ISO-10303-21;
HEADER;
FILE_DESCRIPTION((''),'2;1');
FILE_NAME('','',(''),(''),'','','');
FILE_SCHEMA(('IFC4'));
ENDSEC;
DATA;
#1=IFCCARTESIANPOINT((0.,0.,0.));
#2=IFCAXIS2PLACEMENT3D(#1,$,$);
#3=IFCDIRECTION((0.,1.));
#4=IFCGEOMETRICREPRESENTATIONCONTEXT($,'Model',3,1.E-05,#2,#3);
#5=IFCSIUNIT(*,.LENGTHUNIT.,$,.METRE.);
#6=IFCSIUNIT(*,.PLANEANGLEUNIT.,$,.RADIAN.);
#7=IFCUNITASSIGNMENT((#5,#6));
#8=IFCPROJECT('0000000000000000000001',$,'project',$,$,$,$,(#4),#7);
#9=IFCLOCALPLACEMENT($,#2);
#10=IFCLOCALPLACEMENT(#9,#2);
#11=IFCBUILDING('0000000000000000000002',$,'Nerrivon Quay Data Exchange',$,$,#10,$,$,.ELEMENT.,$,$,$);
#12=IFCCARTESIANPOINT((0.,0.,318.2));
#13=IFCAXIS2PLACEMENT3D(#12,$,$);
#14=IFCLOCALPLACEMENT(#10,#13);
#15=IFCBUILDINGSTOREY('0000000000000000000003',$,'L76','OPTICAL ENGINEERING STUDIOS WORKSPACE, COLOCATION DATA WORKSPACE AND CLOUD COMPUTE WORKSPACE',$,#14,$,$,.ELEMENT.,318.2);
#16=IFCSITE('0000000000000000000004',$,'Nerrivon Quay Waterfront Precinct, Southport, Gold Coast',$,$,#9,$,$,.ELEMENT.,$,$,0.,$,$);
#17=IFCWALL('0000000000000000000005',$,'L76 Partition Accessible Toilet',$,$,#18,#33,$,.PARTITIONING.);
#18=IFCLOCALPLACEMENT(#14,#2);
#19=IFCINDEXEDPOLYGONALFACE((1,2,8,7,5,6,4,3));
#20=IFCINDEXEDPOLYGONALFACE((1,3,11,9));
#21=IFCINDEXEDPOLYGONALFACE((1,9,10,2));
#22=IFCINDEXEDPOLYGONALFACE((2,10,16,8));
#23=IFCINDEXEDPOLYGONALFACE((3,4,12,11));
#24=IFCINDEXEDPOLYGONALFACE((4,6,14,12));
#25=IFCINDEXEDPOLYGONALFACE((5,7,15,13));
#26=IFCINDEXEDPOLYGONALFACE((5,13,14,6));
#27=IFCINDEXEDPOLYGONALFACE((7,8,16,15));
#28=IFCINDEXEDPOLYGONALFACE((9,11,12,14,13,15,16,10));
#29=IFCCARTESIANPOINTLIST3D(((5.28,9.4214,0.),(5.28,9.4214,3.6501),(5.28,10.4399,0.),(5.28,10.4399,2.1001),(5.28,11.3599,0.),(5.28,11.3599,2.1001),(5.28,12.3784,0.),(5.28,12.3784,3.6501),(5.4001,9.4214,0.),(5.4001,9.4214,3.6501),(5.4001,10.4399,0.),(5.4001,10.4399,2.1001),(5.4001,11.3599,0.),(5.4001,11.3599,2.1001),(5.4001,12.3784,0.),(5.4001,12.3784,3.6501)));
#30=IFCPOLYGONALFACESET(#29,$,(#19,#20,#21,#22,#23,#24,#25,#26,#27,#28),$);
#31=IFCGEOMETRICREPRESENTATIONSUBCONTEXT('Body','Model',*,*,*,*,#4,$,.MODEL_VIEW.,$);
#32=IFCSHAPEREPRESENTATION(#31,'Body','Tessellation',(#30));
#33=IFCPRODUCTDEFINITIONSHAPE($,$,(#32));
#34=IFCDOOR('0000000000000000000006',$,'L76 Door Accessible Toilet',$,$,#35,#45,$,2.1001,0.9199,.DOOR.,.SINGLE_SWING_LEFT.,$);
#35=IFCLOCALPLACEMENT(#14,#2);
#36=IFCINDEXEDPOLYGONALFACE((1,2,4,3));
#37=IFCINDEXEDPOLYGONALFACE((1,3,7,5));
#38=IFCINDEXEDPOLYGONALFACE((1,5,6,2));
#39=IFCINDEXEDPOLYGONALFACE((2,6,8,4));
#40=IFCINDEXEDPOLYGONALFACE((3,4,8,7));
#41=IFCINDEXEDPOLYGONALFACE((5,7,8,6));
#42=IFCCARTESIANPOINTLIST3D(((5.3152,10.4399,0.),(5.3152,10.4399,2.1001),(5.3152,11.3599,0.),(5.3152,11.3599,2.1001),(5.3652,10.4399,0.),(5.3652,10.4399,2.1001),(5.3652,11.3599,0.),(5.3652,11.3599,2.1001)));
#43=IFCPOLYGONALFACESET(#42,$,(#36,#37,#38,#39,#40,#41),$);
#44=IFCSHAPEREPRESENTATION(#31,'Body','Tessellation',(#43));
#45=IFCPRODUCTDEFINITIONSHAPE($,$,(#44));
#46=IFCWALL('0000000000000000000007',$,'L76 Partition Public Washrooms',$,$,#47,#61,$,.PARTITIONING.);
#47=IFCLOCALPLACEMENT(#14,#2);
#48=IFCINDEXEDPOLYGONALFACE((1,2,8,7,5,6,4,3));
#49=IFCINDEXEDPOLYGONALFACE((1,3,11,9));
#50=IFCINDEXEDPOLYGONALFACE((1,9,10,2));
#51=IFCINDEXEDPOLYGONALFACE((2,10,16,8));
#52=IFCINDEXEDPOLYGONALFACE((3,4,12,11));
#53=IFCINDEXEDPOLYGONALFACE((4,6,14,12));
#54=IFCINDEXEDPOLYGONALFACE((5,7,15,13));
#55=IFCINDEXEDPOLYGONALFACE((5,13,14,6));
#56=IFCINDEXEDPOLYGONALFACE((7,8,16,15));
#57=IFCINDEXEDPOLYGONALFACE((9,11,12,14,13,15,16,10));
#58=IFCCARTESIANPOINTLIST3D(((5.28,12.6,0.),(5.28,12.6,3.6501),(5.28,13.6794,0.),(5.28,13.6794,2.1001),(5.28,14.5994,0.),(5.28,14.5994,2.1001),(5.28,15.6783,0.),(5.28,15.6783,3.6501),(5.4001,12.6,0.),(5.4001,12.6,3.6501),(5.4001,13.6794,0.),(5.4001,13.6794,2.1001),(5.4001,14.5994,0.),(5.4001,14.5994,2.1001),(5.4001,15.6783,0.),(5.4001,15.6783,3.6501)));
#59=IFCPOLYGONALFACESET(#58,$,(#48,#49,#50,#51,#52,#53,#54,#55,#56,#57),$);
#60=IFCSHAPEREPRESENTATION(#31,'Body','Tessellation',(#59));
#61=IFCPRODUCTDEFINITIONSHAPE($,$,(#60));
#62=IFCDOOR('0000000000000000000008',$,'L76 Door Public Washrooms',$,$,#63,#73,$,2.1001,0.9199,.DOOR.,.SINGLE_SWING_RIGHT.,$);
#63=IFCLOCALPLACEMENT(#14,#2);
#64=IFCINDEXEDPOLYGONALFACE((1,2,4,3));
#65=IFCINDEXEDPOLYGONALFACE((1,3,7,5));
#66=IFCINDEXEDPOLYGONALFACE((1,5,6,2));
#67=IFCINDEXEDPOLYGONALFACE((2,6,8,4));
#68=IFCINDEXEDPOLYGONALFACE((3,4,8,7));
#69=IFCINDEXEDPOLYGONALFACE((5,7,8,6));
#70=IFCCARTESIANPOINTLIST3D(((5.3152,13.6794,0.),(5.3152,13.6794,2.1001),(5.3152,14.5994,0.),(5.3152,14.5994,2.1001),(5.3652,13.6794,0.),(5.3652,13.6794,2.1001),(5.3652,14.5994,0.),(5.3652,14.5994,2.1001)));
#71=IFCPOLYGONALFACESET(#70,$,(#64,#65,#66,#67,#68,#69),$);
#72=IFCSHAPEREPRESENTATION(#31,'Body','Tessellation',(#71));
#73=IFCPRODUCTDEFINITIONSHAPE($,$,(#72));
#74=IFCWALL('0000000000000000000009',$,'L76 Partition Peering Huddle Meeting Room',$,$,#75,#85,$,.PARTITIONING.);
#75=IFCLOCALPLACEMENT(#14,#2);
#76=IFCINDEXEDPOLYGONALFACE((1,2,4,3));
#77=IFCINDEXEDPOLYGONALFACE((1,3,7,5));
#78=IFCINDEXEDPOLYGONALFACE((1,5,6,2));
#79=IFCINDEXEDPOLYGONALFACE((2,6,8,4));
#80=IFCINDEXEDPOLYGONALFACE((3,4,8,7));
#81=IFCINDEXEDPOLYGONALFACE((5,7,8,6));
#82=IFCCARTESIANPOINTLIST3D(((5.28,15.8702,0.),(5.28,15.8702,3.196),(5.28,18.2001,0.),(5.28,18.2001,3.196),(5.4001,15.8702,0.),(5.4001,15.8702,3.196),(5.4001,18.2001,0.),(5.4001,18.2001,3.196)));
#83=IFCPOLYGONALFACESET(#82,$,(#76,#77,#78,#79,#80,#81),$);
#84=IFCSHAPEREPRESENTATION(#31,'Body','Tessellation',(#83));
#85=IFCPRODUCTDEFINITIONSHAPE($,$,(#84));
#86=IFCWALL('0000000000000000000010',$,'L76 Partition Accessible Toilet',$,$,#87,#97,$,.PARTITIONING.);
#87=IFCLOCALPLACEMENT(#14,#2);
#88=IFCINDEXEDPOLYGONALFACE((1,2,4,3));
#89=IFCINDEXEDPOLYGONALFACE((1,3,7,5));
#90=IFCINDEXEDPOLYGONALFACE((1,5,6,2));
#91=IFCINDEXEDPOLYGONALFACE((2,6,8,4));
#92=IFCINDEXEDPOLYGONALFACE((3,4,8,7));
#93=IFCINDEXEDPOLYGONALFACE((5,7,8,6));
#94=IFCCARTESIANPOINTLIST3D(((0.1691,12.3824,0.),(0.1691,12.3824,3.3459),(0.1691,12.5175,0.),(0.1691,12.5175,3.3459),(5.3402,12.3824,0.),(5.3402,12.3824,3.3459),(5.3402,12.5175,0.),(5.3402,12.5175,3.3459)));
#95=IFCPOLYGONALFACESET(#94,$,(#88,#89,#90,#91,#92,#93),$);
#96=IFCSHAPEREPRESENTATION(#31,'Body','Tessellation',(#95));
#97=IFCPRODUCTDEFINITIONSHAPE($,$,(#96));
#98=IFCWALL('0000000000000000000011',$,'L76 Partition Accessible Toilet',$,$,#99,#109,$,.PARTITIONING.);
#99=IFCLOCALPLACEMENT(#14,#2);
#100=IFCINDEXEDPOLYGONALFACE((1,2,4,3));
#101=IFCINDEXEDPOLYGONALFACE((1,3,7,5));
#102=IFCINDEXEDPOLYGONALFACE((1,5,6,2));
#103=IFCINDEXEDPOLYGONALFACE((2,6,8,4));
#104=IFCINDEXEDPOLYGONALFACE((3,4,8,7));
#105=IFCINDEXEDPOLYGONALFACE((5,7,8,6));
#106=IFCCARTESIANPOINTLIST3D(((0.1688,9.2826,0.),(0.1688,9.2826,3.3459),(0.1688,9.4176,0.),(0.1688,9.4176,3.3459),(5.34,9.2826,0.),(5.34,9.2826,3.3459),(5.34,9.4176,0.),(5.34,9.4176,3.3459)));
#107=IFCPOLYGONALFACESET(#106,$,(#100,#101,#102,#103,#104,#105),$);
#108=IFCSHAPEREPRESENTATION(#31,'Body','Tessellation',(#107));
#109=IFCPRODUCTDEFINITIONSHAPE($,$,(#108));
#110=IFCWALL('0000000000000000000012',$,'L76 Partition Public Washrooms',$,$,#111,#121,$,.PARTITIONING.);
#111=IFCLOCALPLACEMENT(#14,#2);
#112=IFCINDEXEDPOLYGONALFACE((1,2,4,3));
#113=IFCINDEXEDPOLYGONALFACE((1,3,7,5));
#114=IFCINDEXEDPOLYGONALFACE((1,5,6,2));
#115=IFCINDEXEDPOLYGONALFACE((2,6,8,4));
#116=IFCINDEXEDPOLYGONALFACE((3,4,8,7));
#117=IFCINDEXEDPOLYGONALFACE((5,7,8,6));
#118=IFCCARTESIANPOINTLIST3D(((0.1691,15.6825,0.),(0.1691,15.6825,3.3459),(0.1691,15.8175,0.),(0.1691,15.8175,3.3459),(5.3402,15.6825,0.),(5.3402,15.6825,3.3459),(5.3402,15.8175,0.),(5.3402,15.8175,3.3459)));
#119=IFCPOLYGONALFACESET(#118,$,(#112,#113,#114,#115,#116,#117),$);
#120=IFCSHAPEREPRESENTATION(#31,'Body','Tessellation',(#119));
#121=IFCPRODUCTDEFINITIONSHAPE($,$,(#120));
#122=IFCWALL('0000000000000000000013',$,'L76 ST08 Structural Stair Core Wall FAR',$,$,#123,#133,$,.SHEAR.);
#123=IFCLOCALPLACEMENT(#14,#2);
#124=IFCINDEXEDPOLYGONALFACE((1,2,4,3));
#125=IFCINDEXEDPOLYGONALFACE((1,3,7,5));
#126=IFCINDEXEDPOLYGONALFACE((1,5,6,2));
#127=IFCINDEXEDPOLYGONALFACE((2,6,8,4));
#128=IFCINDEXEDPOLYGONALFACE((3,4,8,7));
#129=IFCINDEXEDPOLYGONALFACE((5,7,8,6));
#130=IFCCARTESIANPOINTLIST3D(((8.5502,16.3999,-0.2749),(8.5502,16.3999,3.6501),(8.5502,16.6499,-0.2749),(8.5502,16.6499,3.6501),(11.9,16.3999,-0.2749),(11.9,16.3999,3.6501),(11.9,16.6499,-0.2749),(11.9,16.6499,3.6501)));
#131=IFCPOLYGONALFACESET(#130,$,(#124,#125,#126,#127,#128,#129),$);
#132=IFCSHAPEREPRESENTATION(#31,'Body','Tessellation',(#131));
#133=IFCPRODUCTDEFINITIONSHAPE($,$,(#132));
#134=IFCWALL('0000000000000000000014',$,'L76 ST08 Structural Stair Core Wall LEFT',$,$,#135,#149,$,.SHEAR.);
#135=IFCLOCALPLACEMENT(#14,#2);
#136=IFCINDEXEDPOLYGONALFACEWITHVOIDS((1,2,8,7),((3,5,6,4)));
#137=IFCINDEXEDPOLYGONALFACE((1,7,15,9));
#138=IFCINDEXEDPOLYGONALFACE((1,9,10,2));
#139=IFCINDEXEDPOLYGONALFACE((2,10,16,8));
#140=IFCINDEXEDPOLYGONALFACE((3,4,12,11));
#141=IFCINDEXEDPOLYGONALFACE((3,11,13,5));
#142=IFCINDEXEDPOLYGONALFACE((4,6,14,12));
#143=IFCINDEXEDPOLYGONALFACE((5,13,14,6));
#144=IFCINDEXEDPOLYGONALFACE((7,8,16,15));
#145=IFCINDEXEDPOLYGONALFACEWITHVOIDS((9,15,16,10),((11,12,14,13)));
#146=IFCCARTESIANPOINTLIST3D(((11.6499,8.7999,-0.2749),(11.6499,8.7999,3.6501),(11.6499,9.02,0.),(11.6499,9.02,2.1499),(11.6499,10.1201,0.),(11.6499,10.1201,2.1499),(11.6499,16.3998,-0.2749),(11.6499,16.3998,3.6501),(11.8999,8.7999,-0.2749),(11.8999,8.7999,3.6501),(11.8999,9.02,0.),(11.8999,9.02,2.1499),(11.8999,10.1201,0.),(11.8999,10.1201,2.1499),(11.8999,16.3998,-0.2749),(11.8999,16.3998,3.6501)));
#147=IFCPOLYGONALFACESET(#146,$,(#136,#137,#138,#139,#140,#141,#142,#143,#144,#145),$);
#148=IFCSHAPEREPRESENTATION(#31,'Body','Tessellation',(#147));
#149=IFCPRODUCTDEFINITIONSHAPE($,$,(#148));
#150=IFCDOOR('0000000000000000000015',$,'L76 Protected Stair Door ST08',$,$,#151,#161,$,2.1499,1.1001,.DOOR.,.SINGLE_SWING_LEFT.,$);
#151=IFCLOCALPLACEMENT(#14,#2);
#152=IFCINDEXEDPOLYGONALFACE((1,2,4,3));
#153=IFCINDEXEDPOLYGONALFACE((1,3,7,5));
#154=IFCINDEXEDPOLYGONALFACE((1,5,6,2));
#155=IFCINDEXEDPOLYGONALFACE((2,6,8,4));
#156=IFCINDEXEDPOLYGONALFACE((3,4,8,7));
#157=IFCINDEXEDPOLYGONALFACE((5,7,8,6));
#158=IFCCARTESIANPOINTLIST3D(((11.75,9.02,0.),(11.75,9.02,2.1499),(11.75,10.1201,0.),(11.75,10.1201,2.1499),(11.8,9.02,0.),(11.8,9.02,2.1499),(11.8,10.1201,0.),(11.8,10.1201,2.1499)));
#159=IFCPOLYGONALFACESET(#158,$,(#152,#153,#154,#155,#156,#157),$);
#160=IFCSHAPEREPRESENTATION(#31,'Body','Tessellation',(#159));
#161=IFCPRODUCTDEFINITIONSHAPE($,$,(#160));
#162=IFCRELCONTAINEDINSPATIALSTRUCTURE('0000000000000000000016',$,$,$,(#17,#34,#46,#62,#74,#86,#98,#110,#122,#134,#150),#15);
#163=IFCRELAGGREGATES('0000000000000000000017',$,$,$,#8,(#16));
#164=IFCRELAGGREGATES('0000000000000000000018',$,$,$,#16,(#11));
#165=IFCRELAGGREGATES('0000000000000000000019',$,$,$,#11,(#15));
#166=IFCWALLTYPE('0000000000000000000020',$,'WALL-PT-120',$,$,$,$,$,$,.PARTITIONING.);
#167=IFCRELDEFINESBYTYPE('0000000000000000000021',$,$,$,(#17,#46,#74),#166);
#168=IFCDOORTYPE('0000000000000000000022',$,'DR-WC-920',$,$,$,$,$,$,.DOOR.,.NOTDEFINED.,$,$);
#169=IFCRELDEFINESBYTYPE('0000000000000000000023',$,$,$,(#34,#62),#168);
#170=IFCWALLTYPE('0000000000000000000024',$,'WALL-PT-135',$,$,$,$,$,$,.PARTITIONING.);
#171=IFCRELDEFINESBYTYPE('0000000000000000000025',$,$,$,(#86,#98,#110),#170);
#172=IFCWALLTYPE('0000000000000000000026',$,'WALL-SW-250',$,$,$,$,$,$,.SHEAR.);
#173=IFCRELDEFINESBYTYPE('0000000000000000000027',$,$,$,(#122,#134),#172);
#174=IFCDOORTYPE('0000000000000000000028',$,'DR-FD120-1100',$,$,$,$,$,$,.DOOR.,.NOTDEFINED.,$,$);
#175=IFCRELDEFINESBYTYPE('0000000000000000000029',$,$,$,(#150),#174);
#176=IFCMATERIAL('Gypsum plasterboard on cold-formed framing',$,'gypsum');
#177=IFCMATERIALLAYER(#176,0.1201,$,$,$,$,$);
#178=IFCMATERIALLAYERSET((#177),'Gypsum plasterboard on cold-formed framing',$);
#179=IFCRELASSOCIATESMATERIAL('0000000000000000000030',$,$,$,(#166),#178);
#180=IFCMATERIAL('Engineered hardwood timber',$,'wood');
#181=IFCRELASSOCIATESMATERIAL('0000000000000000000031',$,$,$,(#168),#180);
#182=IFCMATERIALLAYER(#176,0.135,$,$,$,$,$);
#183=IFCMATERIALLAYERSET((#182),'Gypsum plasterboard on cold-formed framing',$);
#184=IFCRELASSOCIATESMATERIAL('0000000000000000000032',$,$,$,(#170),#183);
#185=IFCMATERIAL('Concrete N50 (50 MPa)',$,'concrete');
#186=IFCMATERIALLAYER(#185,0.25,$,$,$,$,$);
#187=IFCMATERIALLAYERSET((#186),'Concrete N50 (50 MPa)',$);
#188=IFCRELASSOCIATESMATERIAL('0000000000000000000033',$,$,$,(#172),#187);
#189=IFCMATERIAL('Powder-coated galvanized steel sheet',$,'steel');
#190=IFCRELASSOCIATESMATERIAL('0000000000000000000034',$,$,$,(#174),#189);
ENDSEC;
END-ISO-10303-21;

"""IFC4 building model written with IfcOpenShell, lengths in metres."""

from ifc_helpers import new_model, si_unit, direction, frame, frame_2d, origin, place, context, subcontext, project, spatial, rectangle, extrude, material, layer, layer_set, type_object, element, fill, save


model = new_model("IFC4")

# Units and contexts
model_context = context("Model", 3, precision=1e-05, world=origin(), true_north=direction((0.0, 1.0)))
body_context = subcontext(model_context, "Body", "Model", "MODEL_VIEW")
ifc_project = project(units=[si_unit("LENGTHUNIT", "METRE"), si_unit("PLANEANGLEUNIT", "RADIAN")], contexts=[model_context])

# Site, building, storey
site_placement = place(None, origin())
site = spatial("IfcSite", under=ifc_project, at=site_placement, Name="Nerrivon Quay Waterfront Precinct, Southport, Gold Coast", CompositionType="ELEMENT", RefElevation=0.0)
building_placement = place(site_placement, origin())
building = spatial("IfcBuilding", under=site, at=building_placement, Name="Nerrivon Quay Data Exchange", CompositionType="ELEMENT")
storey_placement = place(building_placement, frame((0.0, 0.0, 318.2)))
storey = spatial("IfcBuildingStorey", under=building, at=storey_placement, Name="L76", Description="OPTICAL ENGINEERING STUDIOS WORKSPACE, COLOCATION DATA WORKSPACE AND CLOUD COMPUTE WORKSPACE", CompositionType="ELEMENT", Elevation=318.2)

# Walls, openings, doors
ifc_material_1 = material(Name="Gypsum plasterboard on cold-formed framing", Category="gypsum")
ifc_layer_1 = layer(ifc_material_1, 0.1201)
ifc_layer_set_1 = layer_set([ifc_layer_1], Name="Gypsum plasterboard on cold-formed framing")
wall_type_1 = type_object("IfcWallType", Name="WALL-PT-120", PredefinedType="PARTITIONING", material=ifc_layer_set_1)
wall_1_placement = place(storey_placement, frame((5.3401, 9.4214, 0.0), z_axis=(0.0, 0.0, 1.0), x_axis=(0.0, 1.0, 0.0)))
wall_1 = element("IfcWall", 1, at=wall_1_placement, inside=storey, type_object=wall_type_1, Name="L76 Partition Accessible Toilet", PredefinedType="PARTITIONING", context=body_context, shape_type="SweptSolid", body=[
    extrude(rectangle(XDim=2.957, YDim=0.1201, at=frame_2d((1.4785, 0.0))), origin(), (0.0, 0.0, 1.0), 3.6501),
])
opening_1_placement = place(wall_1_placement, frame((1.0186, 0.0, 0.0)))
opening_1 = element("IfcOpeningElement", 2, at=opening_1_placement, cuts=wall_1, PredefinedType="OPENING", context=body_context, shape_type="SweptSolid", body=[
    extrude(rectangle(XDim=0.9199, YDim=2.1001, at=frame_2d((0.46, 1.05))), frame((0.0, 0.0701, 0.0), z_axis=(0.0, -1.0, 0.0), x_axis=(1.0, 0.0, 0.0)), (0.0, 0.0, 1.0), 0.1401),
])
ifc_material_2 = material(Name="Engineered hardwood timber", Category="wood")
door_type_1 = type_object("IfcDoorType", Name="DR-WC-920", OperationType="NOTDEFINED", PredefinedType="DOOR", material=ifc_material_2)
door_1_placement = place(opening_1_placement, origin())
door_1 = element("IfcDoor", 3, at=door_1_placement, inside=storey, type_object=door_type_1, Name="L76 Door Accessible Toilet", OperationType="SINGLE_SWING_LEFT", OverallHeight=2.1001, OverallWidth=0.9199, PredefinedType="DOOR", context=body_context, shape_type="SweptSolid", body=[
    extrude(rectangle(XDim=0.9199, YDim=2.1001, at=frame_2d((0.46, 1.05))), frame((0.0, 0.0249, 0.0), z_axis=(0.0, -1.0, 0.0), x_axis=(1.0, 0.0, 0.0)), (0.0, 0.0, 1.0), 0.05),
])
fill(opening_1, door_1)
wall_2_placement = place(storey_placement, frame((5.3401, 12.6001, 0.0), z_axis=(0.0, 0.0, 1.0), x_axis=(0.0, 1.0, 0.0)))
wall_2 = element("IfcWall", 4, at=wall_2_placement, inside=storey, type_object=wall_type_1, Name="L76 Partition Public Washrooms", PredefinedType="PARTITIONING", context=body_context, shape_type="SweptSolid", body=[
    extrude(rectangle(XDim=3.0784, YDim=0.1201, at=frame_2d((1.5391, 0.0))), origin(), (0.0, 0.0, 1.0), 3.6501),
])
opening_2_placement = place(wall_2_placement, frame((1.0793, 0.0, 0.0)))
opening_2 = element("IfcOpeningElement", 5, at=opening_2_placement, cuts=wall_2, PredefinedType="OPENING", context=body_context, shape_type="SweptSolid", body=[
    extrude(rectangle(XDim=0.9199, YDim=2.1001, at=frame_2d((0.46, 1.05))), frame((0.0, 0.0701, 0.0), z_axis=(0.0, -1.0, 0.0), x_axis=(1.0, 0.0, 0.0)), (0.0, 0.0, 1.0), 0.1401),
])
door_2_placement = place(opening_2_placement, origin())
door_2 = element("IfcDoor", 6, at=door_2_placement, inside=storey, type_object=door_type_1, Name="L76 Door Public Washrooms", OperationType="SINGLE_SWING_RIGHT", OverallHeight=2.1001, OverallWidth=0.9199, PredefinedType="DOOR", context=body_context, shape_type="SweptSolid", body=[
    extrude(rectangle(XDim=0.9199, YDim=2.1001, at=frame_2d((0.46, 1.05))), frame((0.0, 0.0249, 0.0), z_axis=(0.0, -1.0, 0.0), x_axis=(1.0, 0.0, 0.0)), (0.0, 0.0, 1.0), 0.05),
])
fill(opening_2, door_2)

# Walls
wall_3_placement = place(storey_placement, frame((5.3401, 15.8701, 0.0), z_axis=(0.0, 0.0, 1.0), x_axis=(0.0, 1.0, 0.0)))
element("IfcWall", 7, at=wall_3_placement, inside=storey, type_object=wall_type_1, Name="L76 Partition Peering Huddle Meeting Room", PredefinedType="PARTITIONING", context=body_context, shape_type="SweptSolid", body=[
    extrude(rectangle(XDim=2.3298, YDim=0.1201, at=frame_2d((1.165, 0.0))), origin(), (0.0, 0.0, 1.0), 3.196),
])
ifc_layer_2 = layer(ifc_material_1, 0.135)
ifc_layer_set_2 = layer_set([ifc_layer_2], Name="Gypsum plasterboard on cold-formed framing")
wall_type_2 = type_object("IfcWallType", Name="WALL-PT-135", PredefinedType="PARTITIONING", material=ifc_layer_set_2)
for number, where, z_axis, x_axis, name in (
    (8, (5.3401, 12.45, 0.0), (0.0, 0.0, 1.0), (-1.0, 0.0, 0.0), "L76 Partition Accessible Toilet"),
    (9, (0.1689, 9.3501, 0.0), (0.0, 0.0, 1.0), (1.0, 0.0, 0.0), "L76 Partition Accessible Toilet"),
    (10, (5.3401, 15.75, 0.0), (0.0, 0.0, 1.0), (-1.0, 0.0, 0.0), "L76 Partition Public Washrooms"),
):
    element("IfcWall", number, at=place(storey_placement, frame(where, z_axis=z_axis, x_axis=x_axis)), inside=storey, type_object=wall_type_2, Name=name, PredefinedType="PARTITIONING", context=body_context, shape_type="SweptSolid", body=[
        extrude(rectangle(XDim=5.1711, YDim=0.135, at=frame_2d((2.5854, 0.0))), origin(), (0.0, 0.0, 1.0), 3.3459),
    ])
ifc_material_3 = material(Name="Concrete N50 (50 MPa)", Category="concrete")
ifc_layer_3 = layer(ifc_material_3, 0.25)
ifc_layer_set_3 = layer_set([ifc_layer_3], Name="Concrete N50 (50 MPa)")
wall_type_3 = type_object("IfcWallType", Name="WALL-SW-250", PredefinedType="SHEAR", material=ifc_layer_set_3)
wall_4_placement = place(storey_placement, frame((11.8999, 16.5249, -0.2749), z_axis=(0.0, 0.0, 1.0), x_axis=(-1.0, 0.0, 0.0)))
element("IfcWall", 11, at=wall_4_placement, inside=storey, type_object=wall_type_3, Name="L76 ST08 Structural Stair Core Wall FAR", PredefinedType="SHEAR", context=body_context, shape_type="SweptSolid", body=[
    extrude(rectangle(XDim=3.3499, YDim=0.25, at=frame_2d((1.6748, 0.0))), origin(), (0.0, 0.0, 1.0), 3.925),
])

# Wall, opening, door
wall_5_placement = place(storey_placement, frame((11.7749, 8.8, -0.2749), z_axis=(0.0, 0.0, 1.0), x_axis=(0.0, 1.0, 0.0)))
wall_5 = element("IfcWall", 12, at=wall_5_placement, inside=storey, type_object=wall_type_3, Name="L76 ST08 Structural Stair Core Wall LEFT", PredefinedType="SHEAR", context=body_context, shape_type="SweptSolid", body=[
    extrude(rectangle(XDim=7.5999, YDim=0.25, at=frame_2d((3.7998, 0.0))), origin(), (0.0, 0.0, 1.0), 3.925),
])
opening_3_placement = place(wall_5_placement, frame((0.22, 0.0, 0.2749)))
opening_3 = element("IfcOpeningElement", 13, at=opening_3_placement, cuts=wall_5, PredefinedType="OPENING", context=body_context, shape_type="SweptSolid", body=[
    extrude(rectangle(XDim=1.1001, YDim=2.1499, at=frame_2d((0.55, 1.075))), frame((0.0, 0.135, 0.0), z_axis=(0.0, -1.0, 0.0), x_axis=(1.0, 0.0, 0.0)), (0.0, 0.0, 1.0), 0.27),
])
ifc_material_4 = material(Name="Powder-coated galvanized steel sheet", Category="steel")
door_type_2 = type_object("IfcDoorType", Name="DR-FD120-1100", OperationType="NOTDEFINED", PredefinedType="DOOR", material=ifc_material_4)
door_3_placement = place(opening_3_placement, origin())
door_3 = element("IfcDoor", 14, at=door_3_placement, inside=storey, type_object=door_type_2, Name="L76 Protected Stair Door ST08", OperationType="SINGLE_SWING_LEFT", OverallHeight=2.1499, OverallWidth=1.1001, PredefinedType="DOOR", context=body_context, shape_type="SweptSolid", body=[
    extrude(rectangle(XDim=1.1001, YDim=2.1499, at=frame_2d((0.55, 1.075))), frame((0.0, 0.0249, 0.0), z_axis=(0.0, -1.0, 0.0), x_axis=(1.0, 0.0, 0.0)), (0.0, 0.0, 1.0), 0.05),
])
fill(opening_3, door_3)

save(model, "model.ifc")
